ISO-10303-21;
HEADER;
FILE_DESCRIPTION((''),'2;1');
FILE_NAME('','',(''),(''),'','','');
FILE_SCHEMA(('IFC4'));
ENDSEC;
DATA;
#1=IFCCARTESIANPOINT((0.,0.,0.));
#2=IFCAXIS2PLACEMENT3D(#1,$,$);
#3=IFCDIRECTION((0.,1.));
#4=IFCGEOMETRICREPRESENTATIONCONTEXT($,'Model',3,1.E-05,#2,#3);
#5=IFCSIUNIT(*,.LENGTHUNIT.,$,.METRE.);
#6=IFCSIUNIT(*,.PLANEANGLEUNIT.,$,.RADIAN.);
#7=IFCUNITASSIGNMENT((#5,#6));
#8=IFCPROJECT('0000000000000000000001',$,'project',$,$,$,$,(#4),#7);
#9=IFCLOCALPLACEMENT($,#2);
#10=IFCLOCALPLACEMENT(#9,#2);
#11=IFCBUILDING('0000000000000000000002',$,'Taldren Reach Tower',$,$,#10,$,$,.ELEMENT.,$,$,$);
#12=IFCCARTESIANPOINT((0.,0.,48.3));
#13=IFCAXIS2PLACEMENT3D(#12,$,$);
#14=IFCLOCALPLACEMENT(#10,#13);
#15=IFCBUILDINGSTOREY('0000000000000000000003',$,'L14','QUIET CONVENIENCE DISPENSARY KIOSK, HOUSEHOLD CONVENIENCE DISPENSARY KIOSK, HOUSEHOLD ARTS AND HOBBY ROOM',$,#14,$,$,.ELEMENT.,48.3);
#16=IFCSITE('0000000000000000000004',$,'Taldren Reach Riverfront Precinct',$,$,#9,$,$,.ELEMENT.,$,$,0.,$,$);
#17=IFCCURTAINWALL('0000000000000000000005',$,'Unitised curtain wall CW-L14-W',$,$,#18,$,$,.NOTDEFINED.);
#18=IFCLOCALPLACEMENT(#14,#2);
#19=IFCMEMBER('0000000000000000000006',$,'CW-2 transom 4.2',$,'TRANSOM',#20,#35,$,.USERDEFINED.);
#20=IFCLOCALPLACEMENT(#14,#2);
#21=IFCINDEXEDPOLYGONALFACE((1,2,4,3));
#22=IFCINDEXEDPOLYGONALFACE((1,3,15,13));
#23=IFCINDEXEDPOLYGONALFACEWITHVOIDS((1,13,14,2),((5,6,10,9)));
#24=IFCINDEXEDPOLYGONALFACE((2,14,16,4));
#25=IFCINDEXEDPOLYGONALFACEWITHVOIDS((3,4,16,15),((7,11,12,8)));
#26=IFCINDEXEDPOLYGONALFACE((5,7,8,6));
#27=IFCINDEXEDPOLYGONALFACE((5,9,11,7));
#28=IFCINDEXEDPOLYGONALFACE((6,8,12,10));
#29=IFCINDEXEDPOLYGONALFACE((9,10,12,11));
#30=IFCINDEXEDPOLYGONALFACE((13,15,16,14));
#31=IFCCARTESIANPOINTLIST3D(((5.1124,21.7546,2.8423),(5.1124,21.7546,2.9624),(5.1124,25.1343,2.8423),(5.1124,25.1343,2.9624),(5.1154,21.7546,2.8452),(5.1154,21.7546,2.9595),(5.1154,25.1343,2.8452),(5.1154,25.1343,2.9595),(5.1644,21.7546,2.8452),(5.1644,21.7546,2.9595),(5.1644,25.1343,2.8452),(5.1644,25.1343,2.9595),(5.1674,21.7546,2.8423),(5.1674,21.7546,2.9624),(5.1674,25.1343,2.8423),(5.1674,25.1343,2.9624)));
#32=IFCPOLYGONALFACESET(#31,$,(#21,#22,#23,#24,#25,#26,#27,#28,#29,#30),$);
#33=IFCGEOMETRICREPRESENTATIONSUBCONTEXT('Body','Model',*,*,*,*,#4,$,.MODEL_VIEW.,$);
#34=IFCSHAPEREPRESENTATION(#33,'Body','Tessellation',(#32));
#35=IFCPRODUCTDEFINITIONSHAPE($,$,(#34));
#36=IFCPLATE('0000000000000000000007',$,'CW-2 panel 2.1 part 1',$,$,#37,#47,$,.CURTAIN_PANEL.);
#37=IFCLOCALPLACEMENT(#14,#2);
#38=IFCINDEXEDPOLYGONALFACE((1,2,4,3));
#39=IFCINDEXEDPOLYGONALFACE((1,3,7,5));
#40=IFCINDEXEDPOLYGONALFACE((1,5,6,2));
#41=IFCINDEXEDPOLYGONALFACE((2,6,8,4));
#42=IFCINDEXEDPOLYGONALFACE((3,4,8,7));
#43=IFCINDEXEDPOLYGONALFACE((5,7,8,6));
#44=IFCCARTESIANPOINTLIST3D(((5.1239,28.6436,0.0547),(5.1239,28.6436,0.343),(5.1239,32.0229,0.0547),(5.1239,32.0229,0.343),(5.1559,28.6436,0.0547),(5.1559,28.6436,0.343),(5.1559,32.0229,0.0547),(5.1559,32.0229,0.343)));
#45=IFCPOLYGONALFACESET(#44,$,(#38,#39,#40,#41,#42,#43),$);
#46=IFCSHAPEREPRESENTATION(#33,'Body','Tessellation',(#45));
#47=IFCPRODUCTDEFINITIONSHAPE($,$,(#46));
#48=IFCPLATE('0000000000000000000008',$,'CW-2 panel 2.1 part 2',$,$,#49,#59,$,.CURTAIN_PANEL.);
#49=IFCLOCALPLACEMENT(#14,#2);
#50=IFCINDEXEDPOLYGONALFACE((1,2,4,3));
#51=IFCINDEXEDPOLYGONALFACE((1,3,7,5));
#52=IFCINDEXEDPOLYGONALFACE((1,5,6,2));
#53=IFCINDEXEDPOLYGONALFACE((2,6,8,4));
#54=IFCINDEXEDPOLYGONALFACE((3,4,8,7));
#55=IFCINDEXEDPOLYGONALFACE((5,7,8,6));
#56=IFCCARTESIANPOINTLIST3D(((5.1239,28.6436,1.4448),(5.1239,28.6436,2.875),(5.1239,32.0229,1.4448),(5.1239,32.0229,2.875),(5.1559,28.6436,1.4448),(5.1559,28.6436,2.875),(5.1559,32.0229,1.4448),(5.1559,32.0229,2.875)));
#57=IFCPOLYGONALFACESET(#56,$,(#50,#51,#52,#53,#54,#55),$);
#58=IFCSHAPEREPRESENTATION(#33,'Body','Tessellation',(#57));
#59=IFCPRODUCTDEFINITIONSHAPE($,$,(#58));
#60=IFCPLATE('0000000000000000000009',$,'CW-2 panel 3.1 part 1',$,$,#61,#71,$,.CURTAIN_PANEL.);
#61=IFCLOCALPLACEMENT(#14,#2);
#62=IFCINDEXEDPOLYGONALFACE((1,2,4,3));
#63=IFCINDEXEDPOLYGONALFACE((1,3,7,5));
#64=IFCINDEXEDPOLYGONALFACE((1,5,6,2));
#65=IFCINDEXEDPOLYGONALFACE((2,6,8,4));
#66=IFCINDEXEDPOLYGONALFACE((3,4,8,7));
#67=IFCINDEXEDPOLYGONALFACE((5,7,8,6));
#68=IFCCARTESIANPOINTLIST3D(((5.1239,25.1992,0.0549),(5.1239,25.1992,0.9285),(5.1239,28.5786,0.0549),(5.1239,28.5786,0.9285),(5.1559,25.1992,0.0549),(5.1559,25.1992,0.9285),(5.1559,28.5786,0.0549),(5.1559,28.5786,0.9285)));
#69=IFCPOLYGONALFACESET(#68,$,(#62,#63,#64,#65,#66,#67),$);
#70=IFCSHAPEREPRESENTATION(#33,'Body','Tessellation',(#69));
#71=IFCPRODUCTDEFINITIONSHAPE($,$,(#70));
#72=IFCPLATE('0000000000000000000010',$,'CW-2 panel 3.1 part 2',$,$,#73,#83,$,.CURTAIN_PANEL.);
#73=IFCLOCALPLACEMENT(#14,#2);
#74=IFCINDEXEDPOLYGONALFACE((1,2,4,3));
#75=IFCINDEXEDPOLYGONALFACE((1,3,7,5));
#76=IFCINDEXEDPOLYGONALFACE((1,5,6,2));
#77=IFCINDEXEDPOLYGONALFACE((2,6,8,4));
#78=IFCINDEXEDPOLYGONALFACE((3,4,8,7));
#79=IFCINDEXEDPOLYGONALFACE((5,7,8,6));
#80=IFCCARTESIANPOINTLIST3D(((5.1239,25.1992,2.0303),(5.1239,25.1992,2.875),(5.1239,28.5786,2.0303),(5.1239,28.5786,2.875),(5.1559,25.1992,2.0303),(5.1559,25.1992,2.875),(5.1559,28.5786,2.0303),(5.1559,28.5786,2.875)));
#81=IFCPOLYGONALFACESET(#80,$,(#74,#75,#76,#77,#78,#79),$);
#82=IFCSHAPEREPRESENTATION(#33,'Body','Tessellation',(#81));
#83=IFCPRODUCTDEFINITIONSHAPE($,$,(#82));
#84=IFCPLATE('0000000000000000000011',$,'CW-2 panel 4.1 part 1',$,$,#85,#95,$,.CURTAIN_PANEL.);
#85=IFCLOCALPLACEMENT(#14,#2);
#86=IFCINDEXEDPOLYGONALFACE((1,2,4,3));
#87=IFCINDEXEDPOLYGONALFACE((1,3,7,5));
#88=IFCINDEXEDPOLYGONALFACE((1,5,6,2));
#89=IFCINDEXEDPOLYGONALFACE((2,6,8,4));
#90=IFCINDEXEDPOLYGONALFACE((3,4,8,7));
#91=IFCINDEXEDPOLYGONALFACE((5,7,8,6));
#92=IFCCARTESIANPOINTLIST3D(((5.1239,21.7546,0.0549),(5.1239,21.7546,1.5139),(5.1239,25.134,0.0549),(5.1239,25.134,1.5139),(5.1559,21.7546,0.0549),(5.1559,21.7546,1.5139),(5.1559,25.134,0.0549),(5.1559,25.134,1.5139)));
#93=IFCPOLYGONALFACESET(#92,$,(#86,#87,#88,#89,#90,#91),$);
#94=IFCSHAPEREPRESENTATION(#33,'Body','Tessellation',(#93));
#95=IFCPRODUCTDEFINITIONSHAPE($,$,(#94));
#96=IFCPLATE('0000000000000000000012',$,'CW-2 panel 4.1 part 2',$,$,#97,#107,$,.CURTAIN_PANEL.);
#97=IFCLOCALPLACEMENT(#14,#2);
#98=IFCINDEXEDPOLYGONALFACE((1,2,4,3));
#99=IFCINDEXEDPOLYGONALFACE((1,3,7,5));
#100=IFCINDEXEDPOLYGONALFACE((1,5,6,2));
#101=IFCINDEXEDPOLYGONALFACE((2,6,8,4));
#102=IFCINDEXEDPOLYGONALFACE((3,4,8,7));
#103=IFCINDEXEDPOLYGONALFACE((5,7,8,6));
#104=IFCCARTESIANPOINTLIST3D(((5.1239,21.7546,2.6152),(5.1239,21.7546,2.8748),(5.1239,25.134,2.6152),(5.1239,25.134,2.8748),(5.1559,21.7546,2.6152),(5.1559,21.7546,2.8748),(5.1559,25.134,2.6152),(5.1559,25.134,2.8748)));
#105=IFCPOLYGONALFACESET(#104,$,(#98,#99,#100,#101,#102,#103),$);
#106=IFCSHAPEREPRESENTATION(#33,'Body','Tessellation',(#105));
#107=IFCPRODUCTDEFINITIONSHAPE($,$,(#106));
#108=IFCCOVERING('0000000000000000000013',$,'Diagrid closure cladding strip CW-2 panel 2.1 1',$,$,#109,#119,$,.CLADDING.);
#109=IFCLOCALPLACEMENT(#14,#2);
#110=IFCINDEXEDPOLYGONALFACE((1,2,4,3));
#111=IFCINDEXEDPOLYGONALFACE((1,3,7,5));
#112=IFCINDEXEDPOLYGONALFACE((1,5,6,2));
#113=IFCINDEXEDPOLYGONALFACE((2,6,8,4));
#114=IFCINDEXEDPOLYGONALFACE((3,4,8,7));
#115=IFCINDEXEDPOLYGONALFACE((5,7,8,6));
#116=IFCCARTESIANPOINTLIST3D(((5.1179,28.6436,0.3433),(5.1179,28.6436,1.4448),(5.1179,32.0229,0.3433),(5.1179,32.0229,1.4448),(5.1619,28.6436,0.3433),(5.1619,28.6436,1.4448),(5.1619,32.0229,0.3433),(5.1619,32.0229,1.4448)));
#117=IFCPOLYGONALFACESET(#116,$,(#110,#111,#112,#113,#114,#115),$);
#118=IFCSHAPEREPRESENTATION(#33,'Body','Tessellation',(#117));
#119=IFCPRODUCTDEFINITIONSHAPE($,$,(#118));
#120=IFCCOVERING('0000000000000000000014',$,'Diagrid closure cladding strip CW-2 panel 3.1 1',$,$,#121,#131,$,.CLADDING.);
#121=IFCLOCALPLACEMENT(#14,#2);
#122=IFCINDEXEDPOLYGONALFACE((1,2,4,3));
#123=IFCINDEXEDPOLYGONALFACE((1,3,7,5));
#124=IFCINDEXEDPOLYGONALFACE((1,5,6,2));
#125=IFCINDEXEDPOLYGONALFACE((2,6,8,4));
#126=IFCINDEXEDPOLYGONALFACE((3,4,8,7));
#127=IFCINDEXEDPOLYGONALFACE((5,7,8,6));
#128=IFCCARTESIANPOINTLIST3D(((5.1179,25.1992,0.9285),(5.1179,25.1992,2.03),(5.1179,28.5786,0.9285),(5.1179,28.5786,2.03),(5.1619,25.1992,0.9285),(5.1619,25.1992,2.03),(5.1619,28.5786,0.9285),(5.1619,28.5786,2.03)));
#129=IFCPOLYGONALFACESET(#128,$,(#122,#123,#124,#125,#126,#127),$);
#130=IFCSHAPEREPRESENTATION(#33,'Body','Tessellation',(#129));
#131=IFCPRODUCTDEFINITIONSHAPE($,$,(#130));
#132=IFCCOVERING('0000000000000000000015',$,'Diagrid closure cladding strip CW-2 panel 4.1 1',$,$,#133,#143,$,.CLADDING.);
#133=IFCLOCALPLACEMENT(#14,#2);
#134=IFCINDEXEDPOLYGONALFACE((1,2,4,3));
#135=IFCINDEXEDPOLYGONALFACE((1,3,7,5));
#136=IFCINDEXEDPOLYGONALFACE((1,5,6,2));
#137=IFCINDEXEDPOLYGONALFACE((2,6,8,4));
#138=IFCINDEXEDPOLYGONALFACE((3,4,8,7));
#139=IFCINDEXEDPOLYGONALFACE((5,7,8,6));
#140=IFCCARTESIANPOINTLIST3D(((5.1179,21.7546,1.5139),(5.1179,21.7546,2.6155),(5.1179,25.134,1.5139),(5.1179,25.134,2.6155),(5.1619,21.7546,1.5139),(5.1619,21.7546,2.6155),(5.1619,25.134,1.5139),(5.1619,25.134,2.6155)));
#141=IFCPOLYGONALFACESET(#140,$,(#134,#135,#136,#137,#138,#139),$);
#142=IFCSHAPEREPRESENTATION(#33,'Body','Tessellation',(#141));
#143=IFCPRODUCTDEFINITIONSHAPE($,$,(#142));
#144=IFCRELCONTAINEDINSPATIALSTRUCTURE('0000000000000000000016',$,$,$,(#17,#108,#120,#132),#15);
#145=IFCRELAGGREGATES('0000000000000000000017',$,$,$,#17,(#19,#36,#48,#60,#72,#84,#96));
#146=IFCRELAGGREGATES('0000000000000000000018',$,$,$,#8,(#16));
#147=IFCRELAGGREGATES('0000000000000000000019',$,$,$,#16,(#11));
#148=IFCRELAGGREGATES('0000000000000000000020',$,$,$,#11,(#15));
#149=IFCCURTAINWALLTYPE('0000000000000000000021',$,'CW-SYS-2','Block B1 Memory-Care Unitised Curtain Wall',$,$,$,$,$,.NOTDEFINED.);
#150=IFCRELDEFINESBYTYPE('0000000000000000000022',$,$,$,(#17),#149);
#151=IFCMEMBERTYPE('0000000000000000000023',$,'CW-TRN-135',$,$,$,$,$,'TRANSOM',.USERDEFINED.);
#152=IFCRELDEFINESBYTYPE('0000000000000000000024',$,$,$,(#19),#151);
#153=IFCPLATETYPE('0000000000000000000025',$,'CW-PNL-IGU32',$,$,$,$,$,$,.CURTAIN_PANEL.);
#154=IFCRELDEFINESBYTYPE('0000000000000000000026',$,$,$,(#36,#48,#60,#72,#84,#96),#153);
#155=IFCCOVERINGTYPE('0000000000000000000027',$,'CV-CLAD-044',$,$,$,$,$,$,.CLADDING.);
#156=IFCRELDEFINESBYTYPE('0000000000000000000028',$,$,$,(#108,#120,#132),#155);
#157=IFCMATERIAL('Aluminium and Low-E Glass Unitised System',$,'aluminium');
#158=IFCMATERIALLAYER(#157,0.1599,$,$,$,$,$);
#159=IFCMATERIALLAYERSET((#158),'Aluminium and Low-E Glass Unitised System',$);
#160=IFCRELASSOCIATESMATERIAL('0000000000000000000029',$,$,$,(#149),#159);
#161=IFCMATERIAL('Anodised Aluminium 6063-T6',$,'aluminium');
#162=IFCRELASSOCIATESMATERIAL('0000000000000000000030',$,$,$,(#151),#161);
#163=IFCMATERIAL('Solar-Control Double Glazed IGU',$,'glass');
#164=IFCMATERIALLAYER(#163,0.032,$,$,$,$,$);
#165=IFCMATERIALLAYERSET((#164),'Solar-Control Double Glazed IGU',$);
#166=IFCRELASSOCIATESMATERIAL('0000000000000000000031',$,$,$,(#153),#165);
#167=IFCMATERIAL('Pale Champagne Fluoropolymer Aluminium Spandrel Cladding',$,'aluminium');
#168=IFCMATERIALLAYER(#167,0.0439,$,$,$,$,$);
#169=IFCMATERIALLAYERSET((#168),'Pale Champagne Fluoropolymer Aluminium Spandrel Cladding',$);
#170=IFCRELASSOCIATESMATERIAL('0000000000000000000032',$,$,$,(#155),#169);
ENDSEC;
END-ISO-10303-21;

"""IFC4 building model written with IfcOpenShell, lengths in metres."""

from ifc_helpers import new_model, si_unit, direction, frame, origin, origin_2d, place, context, subcontext, project, spatial, rectangle, hollow_rectangle, extrude, source, transform, mapped, material, layer, layer_set, material_profile, profile_set, type_object, element, aggregate, save


model = new_model("IFC4")

# Units and contexts
model_context = context("Model", 3, precision=1e-05, world=origin(), true_north=direction((0.0, 1.0)))
body_context = subcontext(model_context, "Body", "Model", "MODEL_VIEW")
ifc_project = project(units=[si_unit("LENGTHUNIT", "METRE"), si_unit("PLANEANGLEUNIT", "RADIAN")], contexts=[model_context])

# Site, building, storey
site_placement = place(None, origin())
site = spatial("IfcSite", under=ifc_project, at=site_placement, Name="Taldren Reach Riverfront Precinct", CompositionType="ELEMENT", RefElevation=0.0)
building_placement = place(site_placement, origin())
building = spatial("IfcBuilding", under=site, at=building_placement, Name="Taldren Reach Tower", CompositionType="ELEMENT")
storey_placement = place(building_placement, frame((0.0, 0.0, 48.3)))
storey = spatial("IfcBuildingStorey", under=building, at=storey_placement, Name="L14", Description="QUIET CONVENIENCE DISPENSARY KIOSK, HOUSEHOLD CONVENIENCE DISPENSARY KIOSK, HOUSEHOLD ARTS AND HOBBY ROOM", CompositionType="ELEMENT", Elevation=48.3)

# Curtain wall, member, plates
ifc_material_1 = material(Name="Aluminium and Low-E Glass Unitised System", Category="aluminium")
ifc_layer_1 = layer(ifc_material_1, 0.1599)
ifc_layer_set_1 = layer_set([ifc_layer_1], Name="Aluminium and Low-E Glass Unitised System")
curtain_wall_type = type_object("IfcCurtainWallType", Name="CW-SYS-2", Description="Block B1 Memory-Care Unitised Curtain Wall", PredefinedType="NOTDEFINED", material=ifc_layer_set_1)
curtain_wall_placement = place(storey_placement, origin())
curtain_wall = element("IfcCurtainWall", 1, at=curtain_wall_placement, inside=storey, type_object=curtain_wall_type, Name="Unitised curtain wall CW-L14-W", PredefinedType="NOTDEFINED")
ifc_material_2 = material(Name="Anodised Aluminium 6063-T6", Category="aluminium")
ifc_material_profile_1 = material_profile(ifc_material_2, hollow_rectangle(XDim=0.0549, YDim=0.1201, WallThickness=0.0029, at=origin_2d()), Name="ALU-120x55x3RHS")
ifc_profile_set_1 = profile_set([ifc_material_profile_1], Name="Anodised Aluminium 6063-T6")
member_type_1 = type_object("IfcMemberType", Name="CW-TRN-135", ElementType="TRANSOM", PredefinedType="USERDEFINED", material=ifc_profile_set_1)
shared_shape_1 = source(origin(), body_context, "Body", "SweptSolid", [
    extrude(hollow_rectangle(XDim=0.0549, YDim=0.1201, WallThickness=0.0029, at=origin_2d()), origin(), (0.0, 0.0, 1.0), 3.3796),
])
member_1_placement = place(storey_placement, frame((5.1399, 25.1343, 2.9023), z_axis=(0.0, -1.0, 0.0), x_axis=(1.0, 0.0, 0.0)))
member_1 = element("IfcMember", 2, at=member_1_placement, type_object=member_type_1, Name="CW-2 transom 4.2", ObjectType="TRANSOM", PredefinedType="USERDEFINED", context=body_context, shape_type="MappedRepresentation", body=[
    mapped(shared_shape_1, transform((0.0, 0.0, 0.0), scale=1.0)),
])
ifc_material_3 = material(Name="Solar-Control Double Glazed IGU", Category="glass")
ifc_layer_2 = layer(ifc_material_3, 0.032)
ifc_layer_set_2 = layer_set([ifc_layer_2], Name="Solar-Control Double Glazed IGU")
plate_type = type_object("IfcPlateType", Name="CW-PNL-IGU32", PredefinedType="CURTAIN_PANEL", material=ifc_layer_set_2)
shared_shape_2 = source(origin(), body_context, "Body", "SweptSolid", [
    extrude(rectangle(XDim=3.3794, YDim=0.032, at=origin_2d()), origin(), (0.0, 0.0, 1.0), 0.2883),
])
plate_1_placement = place(storey_placement, frame((5.1399, 30.3333, 0.0547), z_axis=(0.0, 0.0, 1.0), x_axis=(0.0, -1.0, 0.0)))
plate_1 = element("IfcPlate", 3, at=plate_1_placement, type_object=plate_type, Name="CW-2 panel 2.1 part 1", PredefinedType="CURTAIN_PANEL", context=body_context, shape_type="MappedRepresentation", body=[
    mapped(shared_shape_2, transform((0.0, 0.0, 0.0), scale=1.0)),
])
shared_shape_3 = source(origin(), body_context, "Body", "SweptSolid", [
    extrude(rectangle(XDim=3.3794, YDim=0.032, at=origin_2d()), origin(), (0.0, 0.0, 1.0), 1.4302),
])
plate_2_placement = place(storey_placement, frame((5.1399, 30.3333, 1.4448), z_axis=(0.0, 0.0, 1.0), x_axis=(0.0, -1.0, 0.0)))
plate_2 = element("IfcPlate", 4, at=plate_2_placement, type_object=plate_type, Name="CW-2 panel 2.1 part 2", PredefinedType="CURTAIN_PANEL", context=body_context, shape_type="MappedRepresentation", body=[
    mapped(shared_shape_3, transform((0.0, 0.0, 0.0), scale=1.0)),
])
shared_shape_4 = source(origin(), body_context, "Body", "SweptSolid", [
    extrude(rectangle(XDim=3.3794, YDim=0.032, at=origin_2d()), origin(), (0.0, 0.0, 1.0), 0.8735),
])
plate_3_placement = place(storey_placement, frame((5.1399, 26.8889, 0.0549), z_axis=(0.0, 0.0, 1.0), x_axis=(0.0, -1.0, 0.0)))
plate_3 = element("IfcPlate", 5, at=plate_3_placement, type_object=plate_type, Name="CW-2 panel 3.1 part 1", PredefinedType="CURTAIN_PANEL", context=body_context, shape_type="MappedRepresentation", body=[
    mapped(shared_shape_4, transform((0.0, 0.0, 0.0), scale=1.0)),
])
shared_shape_5 = source(origin(), body_context, "Body", "SweptSolid", [
    extrude(rectangle(XDim=3.3794, YDim=0.032, at=origin_2d()), origin(), (0.0, 0.0, 1.0), 0.8447),
])
plate_4_placement = place(storey_placement, frame((5.1399, 26.8889, 2.0303), z_axis=(0.0, 0.0, 1.0), x_axis=(0.0, -1.0, 0.0)))
plate_4 = element("IfcPlate", 6, at=plate_4_placement, type_object=plate_type, Name="CW-2 panel 3.1 part 2", PredefinedType="CURTAIN_PANEL", context=body_context, shape_type="MappedRepresentation", body=[
    mapped(shared_shape_5, transform((0.0, 0.0, 0.0), scale=1.0)),
])
shared_shape_6 = source(origin(), body_context, "Body", "SweptSolid", [
    extrude(rectangle(XDim=3.3794, YDim=0.032, at=origin_2d()), origin(), (0.0, 0.0, 1.0), 1.459),
])
plate_5_placement = place(storey_placement, frame((5.1399, 23.4443, 0.0549), z_axis=(0.0, 0.0, 1.0), x_axis=(0.0, -1.0, 0.0)))
plate_5 = element("IfcPlate", 7, at=plate_5_placement, type_object=plate_type, Name="CW-2 panel 4.1 part 1", PredefinedType="CURTAIN_PANEL", context=body_context, shape_type="MappedRepresentation", body=[
    mapped(shared_shape_6, transform((0.0, 0.0, 0.0), scale=1.0)),
])
shared_shape_7 = source(origin(), body_context, "Body", "SweptSolid", [
    extrude(rectangle(XDim=3.3794, YDim=0.032, at=origin_2d()), origin(), (0.0, 0.0, 1.0), 0.2595),
])
plate_6_placement = place(storey_placement, frame((5.1399, 23.4443, 2.6152), z_axis=(0.0, 0.0, 1.0), x_axis=(0.0, -1.0, 0.0)))
plate_6 = element("IfcPlate", 8, at=plate_6_placement, type_object=plate_type, Name="CW-2 panel 4.1 part 2", PredefinedType="CURTAIN_PANEL", context=body_context, shape_type="MappedRepresentation", body=[
    mapped(shared_shape_7, transform((0.0, 0.0, 0.0), scale=1.0)),
])
aggregate(curtain_wall, [member_1, plate_1, plate_2, plate_3, plate_4, plate_5, plate_6])

# Coverings
ifc_material_4 = material(Name="Pale Champagne Fluoropolymer Aluminium Spandrel Cladding", Category="aluminium")
ifc_layer_3 = layer(ifc_material_4, 0.0439)
ifc_layer_set_3 = layer_set([ifc_layer_3], Name="Pale Champagne Fluoropolymer Aluminium Spandrel Cladding")
covering_type = type_object("IfcCoveringType", Name="CV-CLAD-044", PredefinedType="CLADDING", material=ifc_layer_set_3)
shared_shape_8 = source(origin(), body_context, "Body", "SweptSolid", [
    extrude(rectangle(XDim=3.3794, YDim=0.0439, at=origin_2d()), origin(), (0.0, 0.0, 1.0), 1.1016),
])
for number, where, z_axis, x_axis, name in (
    (9, (5.1399, 30.3333, 0.3433), (0.0, 0.0, 1.0), (0.0, -1.0, 0.0), "Diagrid closure cladding strip CW-2 panel 2.1 1"),
    (10, (5.1399, 26.8889, 0.9285), (0.0, 0.0, 1.0), (0.0, -1.0, 0.0), "Diagrid closure cladding strip CW-2 panel 3.1 1"),
    (11, (5.1399, 23.4443, 1.5139), (0.0, 0.0, 1.0), (0.0, -1.0, 0.0), "Diagrid closure cladding strip CW-2 panel 4.1 1"),
):
    element("IfcCovering", number, at=place(storey_placement, frame(where, z_axis=z_axis, x_axis=x_axis)), inside=storey, type_object=covering_type, Name=name, PredefinedType="CLADDING", context=body_context, shape_type="MappedRepresentation", body=[
        mapped(shared_shape_8, transform((0.0, 0.0, 0.0), scale=1.0)),
    ])

save(model, "model.ifc")
